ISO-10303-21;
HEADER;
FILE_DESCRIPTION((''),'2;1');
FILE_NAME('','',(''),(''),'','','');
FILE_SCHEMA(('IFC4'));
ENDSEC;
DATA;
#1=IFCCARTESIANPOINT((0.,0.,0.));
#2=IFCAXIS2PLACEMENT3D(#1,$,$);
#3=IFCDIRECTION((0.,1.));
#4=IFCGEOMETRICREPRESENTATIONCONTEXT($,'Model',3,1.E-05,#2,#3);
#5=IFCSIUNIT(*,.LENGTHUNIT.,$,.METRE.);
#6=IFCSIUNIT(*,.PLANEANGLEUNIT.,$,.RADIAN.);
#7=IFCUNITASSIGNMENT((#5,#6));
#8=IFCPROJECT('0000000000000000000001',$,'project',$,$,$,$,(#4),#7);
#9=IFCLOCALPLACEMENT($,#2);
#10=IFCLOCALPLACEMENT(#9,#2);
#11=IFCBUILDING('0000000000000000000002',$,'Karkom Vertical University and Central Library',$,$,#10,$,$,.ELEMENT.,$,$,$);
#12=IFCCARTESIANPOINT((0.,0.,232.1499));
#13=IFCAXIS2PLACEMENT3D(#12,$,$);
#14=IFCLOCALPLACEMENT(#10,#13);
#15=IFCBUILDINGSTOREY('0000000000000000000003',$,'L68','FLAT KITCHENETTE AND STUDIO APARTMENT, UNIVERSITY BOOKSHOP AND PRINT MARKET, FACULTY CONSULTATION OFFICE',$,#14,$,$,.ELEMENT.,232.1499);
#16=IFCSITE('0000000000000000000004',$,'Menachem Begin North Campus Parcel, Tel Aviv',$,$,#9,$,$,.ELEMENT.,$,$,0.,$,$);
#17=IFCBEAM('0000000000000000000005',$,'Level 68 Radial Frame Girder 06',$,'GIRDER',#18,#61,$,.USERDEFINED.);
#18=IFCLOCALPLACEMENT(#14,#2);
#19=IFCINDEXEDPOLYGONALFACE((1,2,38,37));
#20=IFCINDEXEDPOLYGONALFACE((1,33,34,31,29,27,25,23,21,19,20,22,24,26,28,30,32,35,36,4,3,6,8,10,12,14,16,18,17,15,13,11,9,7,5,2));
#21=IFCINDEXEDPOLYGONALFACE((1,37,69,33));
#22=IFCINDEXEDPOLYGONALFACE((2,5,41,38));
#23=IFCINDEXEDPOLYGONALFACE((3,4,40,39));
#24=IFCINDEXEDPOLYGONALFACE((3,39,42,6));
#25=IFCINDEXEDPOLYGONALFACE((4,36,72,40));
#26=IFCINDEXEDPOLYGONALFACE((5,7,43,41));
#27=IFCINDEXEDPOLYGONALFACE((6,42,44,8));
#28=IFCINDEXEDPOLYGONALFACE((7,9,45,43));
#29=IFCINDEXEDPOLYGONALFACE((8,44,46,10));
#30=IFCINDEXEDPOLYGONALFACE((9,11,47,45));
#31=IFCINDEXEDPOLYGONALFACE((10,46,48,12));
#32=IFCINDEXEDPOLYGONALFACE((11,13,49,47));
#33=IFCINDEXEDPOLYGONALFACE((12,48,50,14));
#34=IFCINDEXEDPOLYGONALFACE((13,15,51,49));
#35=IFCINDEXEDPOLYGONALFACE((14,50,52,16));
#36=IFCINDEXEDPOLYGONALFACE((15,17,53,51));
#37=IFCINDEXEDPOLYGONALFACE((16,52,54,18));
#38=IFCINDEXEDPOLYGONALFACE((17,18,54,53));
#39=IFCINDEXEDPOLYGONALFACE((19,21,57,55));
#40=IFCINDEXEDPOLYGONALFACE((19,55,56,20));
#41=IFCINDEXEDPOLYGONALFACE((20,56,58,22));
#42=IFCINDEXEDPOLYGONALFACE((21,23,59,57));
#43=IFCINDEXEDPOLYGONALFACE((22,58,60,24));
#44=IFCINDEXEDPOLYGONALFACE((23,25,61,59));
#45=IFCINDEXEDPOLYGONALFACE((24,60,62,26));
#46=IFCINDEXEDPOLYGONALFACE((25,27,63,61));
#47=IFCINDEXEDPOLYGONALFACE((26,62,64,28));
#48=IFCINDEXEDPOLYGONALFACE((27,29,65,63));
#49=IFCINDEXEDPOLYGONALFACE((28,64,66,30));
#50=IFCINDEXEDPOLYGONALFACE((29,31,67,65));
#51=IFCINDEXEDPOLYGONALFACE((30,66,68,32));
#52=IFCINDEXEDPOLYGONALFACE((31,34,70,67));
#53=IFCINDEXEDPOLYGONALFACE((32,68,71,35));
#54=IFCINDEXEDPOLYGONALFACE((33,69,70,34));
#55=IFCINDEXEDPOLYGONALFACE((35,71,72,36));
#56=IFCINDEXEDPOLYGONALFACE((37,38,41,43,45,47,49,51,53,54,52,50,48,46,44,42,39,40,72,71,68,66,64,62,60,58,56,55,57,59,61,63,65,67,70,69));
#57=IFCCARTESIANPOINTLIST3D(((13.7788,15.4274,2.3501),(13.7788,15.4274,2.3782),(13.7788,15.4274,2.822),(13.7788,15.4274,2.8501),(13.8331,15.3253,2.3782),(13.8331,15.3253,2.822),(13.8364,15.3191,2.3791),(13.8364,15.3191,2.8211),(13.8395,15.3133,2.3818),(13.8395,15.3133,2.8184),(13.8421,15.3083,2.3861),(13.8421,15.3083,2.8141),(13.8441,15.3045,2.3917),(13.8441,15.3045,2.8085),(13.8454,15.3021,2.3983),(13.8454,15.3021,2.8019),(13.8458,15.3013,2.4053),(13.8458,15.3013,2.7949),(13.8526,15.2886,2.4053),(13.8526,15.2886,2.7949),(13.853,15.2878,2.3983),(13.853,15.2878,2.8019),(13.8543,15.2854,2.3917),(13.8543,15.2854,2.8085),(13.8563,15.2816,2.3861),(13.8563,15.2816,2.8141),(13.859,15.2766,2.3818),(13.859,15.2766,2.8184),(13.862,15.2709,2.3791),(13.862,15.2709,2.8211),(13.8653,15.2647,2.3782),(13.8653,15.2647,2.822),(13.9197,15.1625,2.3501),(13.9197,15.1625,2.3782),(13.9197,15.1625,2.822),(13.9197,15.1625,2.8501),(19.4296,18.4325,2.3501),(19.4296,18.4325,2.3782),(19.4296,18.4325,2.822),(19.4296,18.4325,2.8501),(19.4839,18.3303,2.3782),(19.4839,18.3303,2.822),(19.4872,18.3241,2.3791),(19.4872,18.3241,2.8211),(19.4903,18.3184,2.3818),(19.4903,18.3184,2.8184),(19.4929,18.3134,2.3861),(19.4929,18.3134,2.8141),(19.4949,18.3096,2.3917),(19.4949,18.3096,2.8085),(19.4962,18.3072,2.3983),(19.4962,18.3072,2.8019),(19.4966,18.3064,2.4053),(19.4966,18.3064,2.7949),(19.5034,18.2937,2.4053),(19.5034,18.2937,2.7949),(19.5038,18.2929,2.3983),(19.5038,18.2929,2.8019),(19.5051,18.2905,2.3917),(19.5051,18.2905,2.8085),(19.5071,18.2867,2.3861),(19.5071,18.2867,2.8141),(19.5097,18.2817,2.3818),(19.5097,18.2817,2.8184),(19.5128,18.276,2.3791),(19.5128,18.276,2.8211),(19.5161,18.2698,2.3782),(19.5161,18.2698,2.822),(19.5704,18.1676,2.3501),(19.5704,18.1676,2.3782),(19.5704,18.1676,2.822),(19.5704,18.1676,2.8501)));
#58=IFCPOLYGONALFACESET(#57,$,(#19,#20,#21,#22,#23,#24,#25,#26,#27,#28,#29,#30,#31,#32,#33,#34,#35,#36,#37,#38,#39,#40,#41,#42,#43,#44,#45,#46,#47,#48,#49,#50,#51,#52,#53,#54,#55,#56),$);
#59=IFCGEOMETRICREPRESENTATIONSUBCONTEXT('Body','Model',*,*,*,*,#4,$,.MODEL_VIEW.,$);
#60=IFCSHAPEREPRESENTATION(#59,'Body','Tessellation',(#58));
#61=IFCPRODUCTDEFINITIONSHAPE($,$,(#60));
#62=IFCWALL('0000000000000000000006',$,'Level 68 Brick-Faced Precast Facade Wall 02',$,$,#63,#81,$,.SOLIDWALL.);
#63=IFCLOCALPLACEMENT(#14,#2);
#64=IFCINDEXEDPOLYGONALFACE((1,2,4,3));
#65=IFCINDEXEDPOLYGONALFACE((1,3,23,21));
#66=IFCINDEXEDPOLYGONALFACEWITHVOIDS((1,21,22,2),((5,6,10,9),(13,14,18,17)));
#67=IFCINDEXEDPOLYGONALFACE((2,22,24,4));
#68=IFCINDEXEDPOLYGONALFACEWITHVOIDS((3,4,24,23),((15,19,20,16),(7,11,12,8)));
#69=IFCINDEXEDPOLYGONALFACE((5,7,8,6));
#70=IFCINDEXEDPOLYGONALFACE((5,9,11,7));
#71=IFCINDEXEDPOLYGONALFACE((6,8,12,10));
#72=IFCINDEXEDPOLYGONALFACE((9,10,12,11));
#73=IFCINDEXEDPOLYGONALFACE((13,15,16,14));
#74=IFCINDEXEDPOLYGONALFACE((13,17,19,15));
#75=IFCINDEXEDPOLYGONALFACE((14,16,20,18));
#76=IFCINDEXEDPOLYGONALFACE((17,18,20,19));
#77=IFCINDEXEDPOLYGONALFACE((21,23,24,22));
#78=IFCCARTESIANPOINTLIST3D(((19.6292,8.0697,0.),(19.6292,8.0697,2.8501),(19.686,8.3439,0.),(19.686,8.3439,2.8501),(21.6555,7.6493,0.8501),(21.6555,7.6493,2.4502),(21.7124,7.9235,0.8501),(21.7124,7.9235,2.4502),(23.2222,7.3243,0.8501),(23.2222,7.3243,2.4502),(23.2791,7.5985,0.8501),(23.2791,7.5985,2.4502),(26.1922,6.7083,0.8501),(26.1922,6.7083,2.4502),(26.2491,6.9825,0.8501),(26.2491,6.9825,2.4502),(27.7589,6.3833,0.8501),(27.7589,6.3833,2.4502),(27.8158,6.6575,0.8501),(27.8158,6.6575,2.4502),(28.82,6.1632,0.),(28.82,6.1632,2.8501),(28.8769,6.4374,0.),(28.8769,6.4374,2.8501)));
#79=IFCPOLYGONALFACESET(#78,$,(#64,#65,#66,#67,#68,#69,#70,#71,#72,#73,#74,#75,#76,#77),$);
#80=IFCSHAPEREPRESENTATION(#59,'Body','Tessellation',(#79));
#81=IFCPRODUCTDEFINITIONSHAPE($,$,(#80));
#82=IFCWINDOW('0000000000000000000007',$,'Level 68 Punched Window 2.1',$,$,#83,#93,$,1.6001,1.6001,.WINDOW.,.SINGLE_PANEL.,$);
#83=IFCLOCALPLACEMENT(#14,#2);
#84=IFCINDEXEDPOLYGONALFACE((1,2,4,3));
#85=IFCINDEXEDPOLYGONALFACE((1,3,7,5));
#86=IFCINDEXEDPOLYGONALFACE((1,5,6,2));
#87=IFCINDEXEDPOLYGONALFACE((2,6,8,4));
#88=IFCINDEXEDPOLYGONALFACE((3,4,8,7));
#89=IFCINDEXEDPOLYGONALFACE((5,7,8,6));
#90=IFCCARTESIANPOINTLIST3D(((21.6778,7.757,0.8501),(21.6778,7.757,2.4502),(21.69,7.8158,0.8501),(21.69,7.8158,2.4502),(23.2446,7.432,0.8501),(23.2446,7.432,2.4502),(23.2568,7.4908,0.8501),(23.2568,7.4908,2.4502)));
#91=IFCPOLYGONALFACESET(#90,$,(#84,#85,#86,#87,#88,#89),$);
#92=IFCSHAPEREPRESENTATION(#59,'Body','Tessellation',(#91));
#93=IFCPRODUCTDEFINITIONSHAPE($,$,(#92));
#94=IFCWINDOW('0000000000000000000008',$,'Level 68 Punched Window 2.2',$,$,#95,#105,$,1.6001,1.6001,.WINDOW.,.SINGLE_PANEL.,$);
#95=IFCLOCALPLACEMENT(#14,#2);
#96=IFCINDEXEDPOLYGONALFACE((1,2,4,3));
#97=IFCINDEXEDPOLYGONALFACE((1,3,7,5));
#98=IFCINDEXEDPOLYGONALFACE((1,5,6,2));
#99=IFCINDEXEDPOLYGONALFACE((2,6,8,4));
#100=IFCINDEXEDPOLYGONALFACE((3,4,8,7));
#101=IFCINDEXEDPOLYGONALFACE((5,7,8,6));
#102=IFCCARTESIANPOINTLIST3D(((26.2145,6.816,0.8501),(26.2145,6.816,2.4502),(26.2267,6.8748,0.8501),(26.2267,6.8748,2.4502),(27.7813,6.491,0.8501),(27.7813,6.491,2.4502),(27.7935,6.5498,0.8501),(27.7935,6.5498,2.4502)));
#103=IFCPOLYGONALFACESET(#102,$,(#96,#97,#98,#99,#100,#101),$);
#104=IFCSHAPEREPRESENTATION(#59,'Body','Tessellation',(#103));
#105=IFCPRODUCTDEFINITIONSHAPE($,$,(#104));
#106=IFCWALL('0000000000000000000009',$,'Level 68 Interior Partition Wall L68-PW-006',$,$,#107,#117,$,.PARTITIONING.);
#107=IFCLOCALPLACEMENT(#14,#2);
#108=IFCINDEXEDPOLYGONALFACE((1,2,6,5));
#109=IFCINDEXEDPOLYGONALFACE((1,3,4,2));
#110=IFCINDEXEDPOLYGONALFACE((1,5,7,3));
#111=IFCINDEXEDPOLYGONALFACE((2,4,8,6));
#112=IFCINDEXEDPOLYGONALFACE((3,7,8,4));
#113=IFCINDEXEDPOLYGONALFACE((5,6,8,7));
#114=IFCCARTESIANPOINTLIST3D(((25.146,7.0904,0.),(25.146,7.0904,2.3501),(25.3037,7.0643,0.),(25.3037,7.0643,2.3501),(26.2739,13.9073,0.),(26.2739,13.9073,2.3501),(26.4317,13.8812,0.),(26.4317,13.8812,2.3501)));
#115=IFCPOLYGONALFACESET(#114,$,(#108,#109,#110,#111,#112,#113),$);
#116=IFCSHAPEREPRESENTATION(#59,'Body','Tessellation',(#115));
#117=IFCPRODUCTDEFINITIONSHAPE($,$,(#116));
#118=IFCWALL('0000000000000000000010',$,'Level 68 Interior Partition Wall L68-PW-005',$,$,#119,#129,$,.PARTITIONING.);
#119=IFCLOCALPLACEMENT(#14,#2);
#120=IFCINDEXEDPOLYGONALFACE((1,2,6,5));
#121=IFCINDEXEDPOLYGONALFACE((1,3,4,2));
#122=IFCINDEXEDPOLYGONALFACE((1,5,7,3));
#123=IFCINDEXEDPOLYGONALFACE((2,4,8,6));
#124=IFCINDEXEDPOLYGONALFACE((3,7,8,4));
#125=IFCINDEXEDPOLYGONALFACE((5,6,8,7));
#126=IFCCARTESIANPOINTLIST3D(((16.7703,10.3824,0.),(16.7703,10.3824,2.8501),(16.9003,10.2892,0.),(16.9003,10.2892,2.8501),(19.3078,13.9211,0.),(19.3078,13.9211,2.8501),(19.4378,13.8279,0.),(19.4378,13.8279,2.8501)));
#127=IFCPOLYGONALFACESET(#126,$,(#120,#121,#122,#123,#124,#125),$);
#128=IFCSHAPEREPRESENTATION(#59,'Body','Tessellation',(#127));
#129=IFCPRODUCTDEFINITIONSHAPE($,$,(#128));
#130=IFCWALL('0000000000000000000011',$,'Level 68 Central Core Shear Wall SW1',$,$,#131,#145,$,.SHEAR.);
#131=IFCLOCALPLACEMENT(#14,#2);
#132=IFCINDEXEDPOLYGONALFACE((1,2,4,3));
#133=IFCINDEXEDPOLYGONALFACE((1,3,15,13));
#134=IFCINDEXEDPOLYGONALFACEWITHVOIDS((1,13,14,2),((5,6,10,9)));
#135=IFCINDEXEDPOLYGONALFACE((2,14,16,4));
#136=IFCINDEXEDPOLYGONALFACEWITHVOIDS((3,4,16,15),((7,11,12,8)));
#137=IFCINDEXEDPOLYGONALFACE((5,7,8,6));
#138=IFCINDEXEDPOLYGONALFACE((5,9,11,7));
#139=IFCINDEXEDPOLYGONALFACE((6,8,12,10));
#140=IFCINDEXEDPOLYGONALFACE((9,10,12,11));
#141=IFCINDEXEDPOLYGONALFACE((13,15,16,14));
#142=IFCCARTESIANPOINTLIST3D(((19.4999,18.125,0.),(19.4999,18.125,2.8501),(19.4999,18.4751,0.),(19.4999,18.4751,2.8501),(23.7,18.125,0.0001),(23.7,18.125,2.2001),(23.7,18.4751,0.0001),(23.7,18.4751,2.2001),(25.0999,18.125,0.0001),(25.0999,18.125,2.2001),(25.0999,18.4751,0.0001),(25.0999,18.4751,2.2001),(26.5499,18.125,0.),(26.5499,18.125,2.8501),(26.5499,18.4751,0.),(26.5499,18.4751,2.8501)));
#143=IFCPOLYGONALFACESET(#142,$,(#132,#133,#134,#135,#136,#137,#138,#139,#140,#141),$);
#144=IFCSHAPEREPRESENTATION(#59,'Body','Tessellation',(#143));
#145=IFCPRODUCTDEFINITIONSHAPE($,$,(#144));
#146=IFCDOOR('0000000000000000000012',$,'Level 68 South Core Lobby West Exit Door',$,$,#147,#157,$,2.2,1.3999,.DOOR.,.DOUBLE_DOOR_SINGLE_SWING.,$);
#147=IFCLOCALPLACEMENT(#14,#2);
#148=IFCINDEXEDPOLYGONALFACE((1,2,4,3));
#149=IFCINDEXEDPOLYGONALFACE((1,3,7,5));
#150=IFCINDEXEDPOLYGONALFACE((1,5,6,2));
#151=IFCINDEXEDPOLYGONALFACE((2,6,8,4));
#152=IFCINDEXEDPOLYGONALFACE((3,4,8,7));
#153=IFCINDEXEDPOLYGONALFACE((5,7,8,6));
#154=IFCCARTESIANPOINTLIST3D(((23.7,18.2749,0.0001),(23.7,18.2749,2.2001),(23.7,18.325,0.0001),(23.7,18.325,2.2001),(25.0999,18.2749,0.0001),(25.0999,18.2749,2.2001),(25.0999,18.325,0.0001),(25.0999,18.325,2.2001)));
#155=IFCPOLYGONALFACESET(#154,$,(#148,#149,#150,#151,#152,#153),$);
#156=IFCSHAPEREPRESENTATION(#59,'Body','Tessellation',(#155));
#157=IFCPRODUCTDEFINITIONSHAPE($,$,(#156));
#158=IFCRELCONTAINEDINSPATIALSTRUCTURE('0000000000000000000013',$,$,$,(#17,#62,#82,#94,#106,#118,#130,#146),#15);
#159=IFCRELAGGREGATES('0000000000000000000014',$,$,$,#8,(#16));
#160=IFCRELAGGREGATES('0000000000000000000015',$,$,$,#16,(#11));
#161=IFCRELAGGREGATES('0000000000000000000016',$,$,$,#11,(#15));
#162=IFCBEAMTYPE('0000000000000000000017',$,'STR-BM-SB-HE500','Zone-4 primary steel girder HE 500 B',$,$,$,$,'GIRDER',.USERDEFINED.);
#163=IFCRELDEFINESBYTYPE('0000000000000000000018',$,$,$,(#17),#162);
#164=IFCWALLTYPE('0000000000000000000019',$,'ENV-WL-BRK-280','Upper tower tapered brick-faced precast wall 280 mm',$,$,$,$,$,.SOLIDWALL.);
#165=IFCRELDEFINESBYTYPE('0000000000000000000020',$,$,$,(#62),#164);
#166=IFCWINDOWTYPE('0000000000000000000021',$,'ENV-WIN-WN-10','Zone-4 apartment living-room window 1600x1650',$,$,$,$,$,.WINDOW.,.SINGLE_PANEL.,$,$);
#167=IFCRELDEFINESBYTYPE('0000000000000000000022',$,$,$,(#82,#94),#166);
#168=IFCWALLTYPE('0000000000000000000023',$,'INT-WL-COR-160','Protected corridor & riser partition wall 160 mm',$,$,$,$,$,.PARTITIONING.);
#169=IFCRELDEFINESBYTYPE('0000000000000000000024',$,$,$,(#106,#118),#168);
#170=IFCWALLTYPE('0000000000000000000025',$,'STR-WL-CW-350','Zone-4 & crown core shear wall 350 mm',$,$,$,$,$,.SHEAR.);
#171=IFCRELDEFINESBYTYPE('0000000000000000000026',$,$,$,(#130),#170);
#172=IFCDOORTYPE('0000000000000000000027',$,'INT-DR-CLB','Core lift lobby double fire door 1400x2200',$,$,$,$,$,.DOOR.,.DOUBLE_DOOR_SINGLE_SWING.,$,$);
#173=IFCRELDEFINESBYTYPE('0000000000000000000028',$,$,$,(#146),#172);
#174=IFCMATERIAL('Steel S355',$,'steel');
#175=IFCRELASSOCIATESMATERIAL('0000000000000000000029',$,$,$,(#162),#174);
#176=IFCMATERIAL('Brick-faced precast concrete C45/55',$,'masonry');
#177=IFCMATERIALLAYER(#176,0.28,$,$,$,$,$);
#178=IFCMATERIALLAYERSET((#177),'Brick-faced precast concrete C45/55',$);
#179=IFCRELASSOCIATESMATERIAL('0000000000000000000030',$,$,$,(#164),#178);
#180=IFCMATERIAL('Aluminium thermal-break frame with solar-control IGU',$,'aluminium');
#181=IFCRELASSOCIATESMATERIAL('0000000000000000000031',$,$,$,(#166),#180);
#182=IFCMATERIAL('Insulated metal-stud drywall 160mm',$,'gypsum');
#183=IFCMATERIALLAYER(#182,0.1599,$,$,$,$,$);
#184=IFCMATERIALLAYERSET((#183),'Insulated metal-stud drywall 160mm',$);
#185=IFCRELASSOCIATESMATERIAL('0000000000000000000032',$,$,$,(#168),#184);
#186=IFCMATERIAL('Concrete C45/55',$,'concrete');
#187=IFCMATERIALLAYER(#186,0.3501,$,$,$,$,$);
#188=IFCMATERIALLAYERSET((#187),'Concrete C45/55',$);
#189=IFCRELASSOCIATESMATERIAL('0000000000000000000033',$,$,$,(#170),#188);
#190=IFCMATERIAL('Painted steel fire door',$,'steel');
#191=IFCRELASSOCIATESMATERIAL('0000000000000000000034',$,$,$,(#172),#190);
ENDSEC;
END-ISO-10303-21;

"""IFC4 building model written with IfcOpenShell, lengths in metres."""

from ifc_helpers import new_model, si_unit, direction, frame, frame_2d, origin, origin_with_axes, origin_2d, place, context, subcontext, project, spatial, rectangle, i_section, extrude, source, transform, mapped, material, layer, layer_set, material_profile, profile_set, type_object, element, fill, save


model = new_model("IFC4")

# Units and contexts
model_context = context("Model", 3, precision=1e-05, world=origin(), true_north=direction((0.0, 1.0)))
body_context = subcontext(model_context, "Body", "Model", "MODEL_VIEW")
ifc_project = project(units=[si_unit("LENGTHUNIT", "METRE"), si_unit("PLANEANGLEUNIT", "RADIAN")], contexts=[model_context])

# Site, building, storey
site_placement = place(None, origin())
site = spatial("IfcSite", under=ifc_project, at=site_placement, Name="Menachem Begin North Campus Parcel, Tel Aviv", CompositionType="ELEMENT", RefElevation=0.0)
building_placement = place(site_placement, origin())
building = spatial("IfcBuilding", under=site, at=building_placement, Name="Karkom Vertical University and Central Library", CompositionType="ELEMENT")
storey_placement = place(building_placement, frame((0.0, 0.0, 232.1499)))
storey = spatial("IfcBuildingStorey", under=building, at=storey_placement, Name="L68", Description="FLAT KITCHENETTE AND STUDIO APARTMENT, UNIVERSITY BOOKSHOP AND PRINT MARKET, FACULTY CONSULTATION OFFICE", CompositionType="ELEMENT", Elevation=232.1499)

# Shared definitions
ifc_material_1 = material(Name="Concrete C45/55", Category="concrete")

# Beam
ifc_material_2 = material(Name="Steel S355", Category="steel")
ifc_material_profile_1 = material_profile(ifc_material_2, i_section(OverallWidth=0.3, OverallDepth=0.5, WebThickness=0.0144, FlangeThickness=0.0281, FilletRadius=0.0271, at=origin_2d()), Name="HE 500 B")
ifc_profile_set_1 = profile_set([ifc_material_profile_1], Name="Steel S355")
beam_type_1 = type_object("IfcBeamType", Name="STR-BM-SB-HE500", Description="Zone-4 primary steel girder HE 500 B", ElementType="GIRDER", PredefinedType="USERDEFINED", material=ifc_profile_set_1)
shared_shape_1 = source(origin_with_axes(), body_context, "Body", "SweptSolid", [
    extrude(i_section(OverallWidth=0.3, OverallDepth=0.5, WebThickness=0.0144, FlangeThickness=0.0281, FilletRadius=0.0271, at=origin_2d()), origin(), (0.0, 0.0, 1.0), 6.4001),
])
beam_1_placement = place(storey_placement, frame((19.5, 18.3, 2.6001), z_axis=(-0.882915, -0.469533, 0.0), x_axis=(0.469533, -0.882915, 0.0)))
element("IfcBeam", 1, at=beam_1_placement, inside=storey, type_object=beam_type_1, Name="Level 68 Radial Frame Girder 06", ObjectType="GIRDER", PredefinedType="USERDEFINED", context=body_context, shape_type="MappedRepresentation", body=[
    mapped(shared_shape_1, transform((0.0, 0.0, 0.0), scale=1.0)),
])

# Wall, openings, windows
ifc_material_3 = material(Name="Brick-faced precast concrete C45/55", Category="masonry")
ifc_layer_1 = layer(ifc_material_3, 0.28)
ifc_layer_set_1 = layer_set([ifc_layer_1], Name="Brick-faced precast concrete C45/55")
wall_type_1 = type_object("IfcWallType", Name="ENV-WL-BRK-280", Description="Upper tower tapered brick-faced precast wall 280 mm", PredefinedType="SOLIDWALL", material=ifc_layer_set_1)
wall_1_placement = place(storey_placement, frame((19.6575, 8.2068, 0.0), z_axis=(0.0, 0.0, 1.0), x_axis=(0.979156, -0.203109, 0.0)))
wall_1 = element("IfcWall", 2, at=wall_1_placement, inside=storey, type_object=wall_type_1, Name="Level 68 Brick-Faced Precast Facade Wall 02", PredefinedType="SOLIDWALL", context=body_context, shape_type="SweptSolid", body=[
    extrude(rectangle(XDim=9.3865, YDim=0.28, at=frame_2d((4.6934, 0.0))), origin(), (0.0, 0.0, 1.0), 2.8501),
])
opening_1_placement = place(wall_1_placement, frame((2.0696, 0.0, 0.8501)))
opening_1 = element("IfcOpeningElement", 3, at=opening_1_placement, cuts=wall_1, PredefinedType="OPENING", context=body_context, shape_type="SweptSolid", body=[
    extrude(rectangle(XDim=1.6001, YDim=1.6001, at=frame_2d((0.8, 0.8))), frame((0.0, 0.1499, 0.0), z_axis=(0.0, -1.0, 0.0), x_axis=(1.0, 0.0, 0.0)), (0.0, 0.0, 1.0), 0.3),
])
opening_2_placement = place(wall_1_placement, frame((6.7029, 0.0, 0.8501)))
opening_2 = element("IfcOpeningElement", 4, at=opening_2_placement, cuts=wall_1, PredefinedType="OPENING", context=body_context, shape_type="SweptSolid", body=[
    extrude(rectangle(XDim=1.6001, YDim=1.6001, at=frame_2d((0.8, 0.8))), frame((0.0, 0.1499, 0.0), z_axis=(0.0, -1.0, 0.0), x_axis=(1.0, 0.0, 0.0)), (0.0, 0.0, 1.0), 0.3),
])
ifc_material_4 = material(Name="Aluminium thermal-break frame with solar-control IGU", Category="aluminium")
window_type = type_object("IfcWindowType", Name="ENV-WIN-WN-10", Description="Zone-4 apartment living-room window 1600x1650", PartitioningType="SINGLE_PANEL", PredefinedType="WINDOW", material=ifc_material_4)
shared_shape_2 = source(origin_with_axes(), body_context, "Body", "SweptSolid", [
    extrude(rectangle(XDim=1.6001, YDim=1.6001, at=frame_2d((0.8, 0.8))), frame((0.0, 0.03, 0.0), z_axis=(0.0, -1.0, 0.0), x_axis=(1.0, 0.0, 0.0)), (0.0, 0.0, 1.0), 0.0601),
])
window_1_placement = place(opening_1_placement, origin())
window_1 = element("IfcWindow", 5, at=window_1_placement, inside=storey, type_object=window_type, Name="Level 68 Punched Window 2.1", OverallHeight=1.6001, OverallWidth=1.6001, PartitioningType="SINGLE_PANEL", PredefinedType="WINDOW", context=body_context, shape_type="MappedRepresentation", body=[
    mapped(shared_shape_2, transform((0.0, 0.0, 0.0), scale=1.0)),
])
fill(opening_1, window_1)
window_2_placement = place(opening_2_placement, origin())
window_2 = element("IfcWindow", 6, at=window_2_placement, inside=storey, type_object=window_type, Name="Level 68 Punched Window 2.2", OverallHeight=1.6001, OverallWidth=1.6001, PartitioningType="SINGLE_PANEL", PredefinedType="WINDOW", context=body_context, shape_type="MappedRepresentation", body=[
    mapped(shared_shape_2, transform((0.0, 0.0, 0.0), scale=1.0)),
])
fill(opening_2, window_2)

# Walls
ifc_material_5 = material(Name="Insulated metal-stud drywall 160mm", Category="gypsum")
ifc_layer_2 = layer(ifc_material_5, 0.1599)
ifc_layer_set_2 = layer_set([ifc_layer_2], Name="Insulated metal-stud drywall 160mm")
wall_type_2 = type_object("IfcWallType", Name="INT-WL-COR-160", Description="Protected corridor & riser partition wall 160 mm", PredefinedType="PARTITIONING", material=ifc_layer_set_2)
wall_2_placement = place(storey_placement, frame((26.3528, 13.8943, 0.0), z_axis=(0.0, 0.0, 1.0), x_axis=(-0.163241, -0.986586, 0.0)))
element("IfcWall", 7, at=wall_2_placement, inside=storey, type_object=wall_type_2, Name="Level 68 Interior Partition Wall L68-PW-006", PredefinedType="PARTITIONING", context=body_context, shape_type="SweptSolid", body=[
    extrude(rectangle(XDim=6.9097, YDim=0.1599, at=frame_2d((3.4548, 0.0))), origin(), (0.0, 0.0, 1.0), 2.3501),
])
wall_3_placement = place(storey_placement, frame((19.3728, 13.8745, 0.0), z_axis=(0.0, 0.0, 1.0), x_axis=(-0.582738, -0.81266, 0.0)))
element("IfcWall", 8, at=wall_3_placement, inside=storey, type_object=wall_type_2, Name="Level 68 Interior Partition Wall L68-PW-005", PredefinedType="PARTITIONING", context=body_context, shape_type="SweptSolid", body=[
    extrude(rectangle(XDim=4.3545, YDim=0.1599, at=frame_2d((2.1772, 0.0))), origin(), (0.0, 0.0, 1.0), 2.8501),
])

# Wall, opening, door
ifc_layer_3 = layer(ifc_material_1, 0.3501)
ifc_layer_set_3 = layer_set([ifc_layer_3], Name="Concrete C45/55")
wall_type_3 = type_object("IfcWallType", Name="STR-WL-CW-350", Description="Zone-4 & crown core shear wall 350 mm", PredefinedType="SHEAR", material=ifc_layer_set_3)
wall_4_placement = place(storey_placement, frame((19.5, 18.3, 0.0), z_axis=(0.0, 0.0, 1.0), x_axis=(1.0, 0.0, 0.0)))
wall_4 = element("IfcWall", 9, at=wall_4_placement, inside=storey, type_object=wall_type_3, Name="Level 68 Central Core Shear Wall SW1", PredefinedType="SHEAR", context=body_context, shape_type="SweptSolid", body=[
    extrude(rectangle(XDim=7.05, YDim=0.3501, at=frame_2d((3.5249, 0.0))), origin(), (0.0, 0.0, 1.0), 2.8501),
])
opening_3_placement = place(wall_4_placement, frame((4.2, 0.0, 0.0)))
opening_3 = element("IfcOpeningElement", 10, at=opening_3_placement, cuts=wall_4, PredefinedType="OPENING", context=body_context, shape_type="SweptSolid", body=[
    extrude(rectangle(XDim=1.3999, YDim=2.2, at=frame_2d((0.7, 1.1001))), frame((0.0, 0.1851, 0.0), z_axis=(0.0, -1.0, 0.0), x_axis=(1.0, 0.0, 0.0)), (0.0, 0.0, 1.0), 0.3701),
])
ifc_material_6 = material(Name="Painted steel fire door", Category="steel")
door_type = type_object("IfcDoorType", Name="INT-DR-CLB", Description="Core lift lobby double fire door 1400x2200", OperationType="DOUBLE_DOOR_SINGLE_SWING", PredefinedType="DOOR", material=ifc_material_6)
shared_shape_3 = source(origin_with_axes(), body_context, "Body", "SweptSolid", [
    extrude(rectangle(XDim=1.3999, YDim=2.2, at=frame_2d((0.7, 1.1001))), frame((0.0, 0.0249, 0.0), z_axis=(0.0, -1.0, 0.0), x_axis=(1.0, 0.0, 0.0)), (0.0, 0.0, 1.0), 0.05),
])
door_placement = place(opening_3_placement, origin())
door = element("IfcDoor", 11, at=door_placement, inside=storey, type_object=door_type, Name="Level 68 South Core Lobby West Exit Door", OperationType="DOUBLE_DOOR_SINGLE_SWING", OverallHeight=2.2, OverallWidth=1.3999, PredefinedType="DOOR", context=body_context, shape_type="MappedRepresentation", body=[
    mapped(shared_shape_3, transform((0.0, 0.0, 0.0), scale=1.0)),
])
fill(opening_3, door)

save(model, "model.ifc")
